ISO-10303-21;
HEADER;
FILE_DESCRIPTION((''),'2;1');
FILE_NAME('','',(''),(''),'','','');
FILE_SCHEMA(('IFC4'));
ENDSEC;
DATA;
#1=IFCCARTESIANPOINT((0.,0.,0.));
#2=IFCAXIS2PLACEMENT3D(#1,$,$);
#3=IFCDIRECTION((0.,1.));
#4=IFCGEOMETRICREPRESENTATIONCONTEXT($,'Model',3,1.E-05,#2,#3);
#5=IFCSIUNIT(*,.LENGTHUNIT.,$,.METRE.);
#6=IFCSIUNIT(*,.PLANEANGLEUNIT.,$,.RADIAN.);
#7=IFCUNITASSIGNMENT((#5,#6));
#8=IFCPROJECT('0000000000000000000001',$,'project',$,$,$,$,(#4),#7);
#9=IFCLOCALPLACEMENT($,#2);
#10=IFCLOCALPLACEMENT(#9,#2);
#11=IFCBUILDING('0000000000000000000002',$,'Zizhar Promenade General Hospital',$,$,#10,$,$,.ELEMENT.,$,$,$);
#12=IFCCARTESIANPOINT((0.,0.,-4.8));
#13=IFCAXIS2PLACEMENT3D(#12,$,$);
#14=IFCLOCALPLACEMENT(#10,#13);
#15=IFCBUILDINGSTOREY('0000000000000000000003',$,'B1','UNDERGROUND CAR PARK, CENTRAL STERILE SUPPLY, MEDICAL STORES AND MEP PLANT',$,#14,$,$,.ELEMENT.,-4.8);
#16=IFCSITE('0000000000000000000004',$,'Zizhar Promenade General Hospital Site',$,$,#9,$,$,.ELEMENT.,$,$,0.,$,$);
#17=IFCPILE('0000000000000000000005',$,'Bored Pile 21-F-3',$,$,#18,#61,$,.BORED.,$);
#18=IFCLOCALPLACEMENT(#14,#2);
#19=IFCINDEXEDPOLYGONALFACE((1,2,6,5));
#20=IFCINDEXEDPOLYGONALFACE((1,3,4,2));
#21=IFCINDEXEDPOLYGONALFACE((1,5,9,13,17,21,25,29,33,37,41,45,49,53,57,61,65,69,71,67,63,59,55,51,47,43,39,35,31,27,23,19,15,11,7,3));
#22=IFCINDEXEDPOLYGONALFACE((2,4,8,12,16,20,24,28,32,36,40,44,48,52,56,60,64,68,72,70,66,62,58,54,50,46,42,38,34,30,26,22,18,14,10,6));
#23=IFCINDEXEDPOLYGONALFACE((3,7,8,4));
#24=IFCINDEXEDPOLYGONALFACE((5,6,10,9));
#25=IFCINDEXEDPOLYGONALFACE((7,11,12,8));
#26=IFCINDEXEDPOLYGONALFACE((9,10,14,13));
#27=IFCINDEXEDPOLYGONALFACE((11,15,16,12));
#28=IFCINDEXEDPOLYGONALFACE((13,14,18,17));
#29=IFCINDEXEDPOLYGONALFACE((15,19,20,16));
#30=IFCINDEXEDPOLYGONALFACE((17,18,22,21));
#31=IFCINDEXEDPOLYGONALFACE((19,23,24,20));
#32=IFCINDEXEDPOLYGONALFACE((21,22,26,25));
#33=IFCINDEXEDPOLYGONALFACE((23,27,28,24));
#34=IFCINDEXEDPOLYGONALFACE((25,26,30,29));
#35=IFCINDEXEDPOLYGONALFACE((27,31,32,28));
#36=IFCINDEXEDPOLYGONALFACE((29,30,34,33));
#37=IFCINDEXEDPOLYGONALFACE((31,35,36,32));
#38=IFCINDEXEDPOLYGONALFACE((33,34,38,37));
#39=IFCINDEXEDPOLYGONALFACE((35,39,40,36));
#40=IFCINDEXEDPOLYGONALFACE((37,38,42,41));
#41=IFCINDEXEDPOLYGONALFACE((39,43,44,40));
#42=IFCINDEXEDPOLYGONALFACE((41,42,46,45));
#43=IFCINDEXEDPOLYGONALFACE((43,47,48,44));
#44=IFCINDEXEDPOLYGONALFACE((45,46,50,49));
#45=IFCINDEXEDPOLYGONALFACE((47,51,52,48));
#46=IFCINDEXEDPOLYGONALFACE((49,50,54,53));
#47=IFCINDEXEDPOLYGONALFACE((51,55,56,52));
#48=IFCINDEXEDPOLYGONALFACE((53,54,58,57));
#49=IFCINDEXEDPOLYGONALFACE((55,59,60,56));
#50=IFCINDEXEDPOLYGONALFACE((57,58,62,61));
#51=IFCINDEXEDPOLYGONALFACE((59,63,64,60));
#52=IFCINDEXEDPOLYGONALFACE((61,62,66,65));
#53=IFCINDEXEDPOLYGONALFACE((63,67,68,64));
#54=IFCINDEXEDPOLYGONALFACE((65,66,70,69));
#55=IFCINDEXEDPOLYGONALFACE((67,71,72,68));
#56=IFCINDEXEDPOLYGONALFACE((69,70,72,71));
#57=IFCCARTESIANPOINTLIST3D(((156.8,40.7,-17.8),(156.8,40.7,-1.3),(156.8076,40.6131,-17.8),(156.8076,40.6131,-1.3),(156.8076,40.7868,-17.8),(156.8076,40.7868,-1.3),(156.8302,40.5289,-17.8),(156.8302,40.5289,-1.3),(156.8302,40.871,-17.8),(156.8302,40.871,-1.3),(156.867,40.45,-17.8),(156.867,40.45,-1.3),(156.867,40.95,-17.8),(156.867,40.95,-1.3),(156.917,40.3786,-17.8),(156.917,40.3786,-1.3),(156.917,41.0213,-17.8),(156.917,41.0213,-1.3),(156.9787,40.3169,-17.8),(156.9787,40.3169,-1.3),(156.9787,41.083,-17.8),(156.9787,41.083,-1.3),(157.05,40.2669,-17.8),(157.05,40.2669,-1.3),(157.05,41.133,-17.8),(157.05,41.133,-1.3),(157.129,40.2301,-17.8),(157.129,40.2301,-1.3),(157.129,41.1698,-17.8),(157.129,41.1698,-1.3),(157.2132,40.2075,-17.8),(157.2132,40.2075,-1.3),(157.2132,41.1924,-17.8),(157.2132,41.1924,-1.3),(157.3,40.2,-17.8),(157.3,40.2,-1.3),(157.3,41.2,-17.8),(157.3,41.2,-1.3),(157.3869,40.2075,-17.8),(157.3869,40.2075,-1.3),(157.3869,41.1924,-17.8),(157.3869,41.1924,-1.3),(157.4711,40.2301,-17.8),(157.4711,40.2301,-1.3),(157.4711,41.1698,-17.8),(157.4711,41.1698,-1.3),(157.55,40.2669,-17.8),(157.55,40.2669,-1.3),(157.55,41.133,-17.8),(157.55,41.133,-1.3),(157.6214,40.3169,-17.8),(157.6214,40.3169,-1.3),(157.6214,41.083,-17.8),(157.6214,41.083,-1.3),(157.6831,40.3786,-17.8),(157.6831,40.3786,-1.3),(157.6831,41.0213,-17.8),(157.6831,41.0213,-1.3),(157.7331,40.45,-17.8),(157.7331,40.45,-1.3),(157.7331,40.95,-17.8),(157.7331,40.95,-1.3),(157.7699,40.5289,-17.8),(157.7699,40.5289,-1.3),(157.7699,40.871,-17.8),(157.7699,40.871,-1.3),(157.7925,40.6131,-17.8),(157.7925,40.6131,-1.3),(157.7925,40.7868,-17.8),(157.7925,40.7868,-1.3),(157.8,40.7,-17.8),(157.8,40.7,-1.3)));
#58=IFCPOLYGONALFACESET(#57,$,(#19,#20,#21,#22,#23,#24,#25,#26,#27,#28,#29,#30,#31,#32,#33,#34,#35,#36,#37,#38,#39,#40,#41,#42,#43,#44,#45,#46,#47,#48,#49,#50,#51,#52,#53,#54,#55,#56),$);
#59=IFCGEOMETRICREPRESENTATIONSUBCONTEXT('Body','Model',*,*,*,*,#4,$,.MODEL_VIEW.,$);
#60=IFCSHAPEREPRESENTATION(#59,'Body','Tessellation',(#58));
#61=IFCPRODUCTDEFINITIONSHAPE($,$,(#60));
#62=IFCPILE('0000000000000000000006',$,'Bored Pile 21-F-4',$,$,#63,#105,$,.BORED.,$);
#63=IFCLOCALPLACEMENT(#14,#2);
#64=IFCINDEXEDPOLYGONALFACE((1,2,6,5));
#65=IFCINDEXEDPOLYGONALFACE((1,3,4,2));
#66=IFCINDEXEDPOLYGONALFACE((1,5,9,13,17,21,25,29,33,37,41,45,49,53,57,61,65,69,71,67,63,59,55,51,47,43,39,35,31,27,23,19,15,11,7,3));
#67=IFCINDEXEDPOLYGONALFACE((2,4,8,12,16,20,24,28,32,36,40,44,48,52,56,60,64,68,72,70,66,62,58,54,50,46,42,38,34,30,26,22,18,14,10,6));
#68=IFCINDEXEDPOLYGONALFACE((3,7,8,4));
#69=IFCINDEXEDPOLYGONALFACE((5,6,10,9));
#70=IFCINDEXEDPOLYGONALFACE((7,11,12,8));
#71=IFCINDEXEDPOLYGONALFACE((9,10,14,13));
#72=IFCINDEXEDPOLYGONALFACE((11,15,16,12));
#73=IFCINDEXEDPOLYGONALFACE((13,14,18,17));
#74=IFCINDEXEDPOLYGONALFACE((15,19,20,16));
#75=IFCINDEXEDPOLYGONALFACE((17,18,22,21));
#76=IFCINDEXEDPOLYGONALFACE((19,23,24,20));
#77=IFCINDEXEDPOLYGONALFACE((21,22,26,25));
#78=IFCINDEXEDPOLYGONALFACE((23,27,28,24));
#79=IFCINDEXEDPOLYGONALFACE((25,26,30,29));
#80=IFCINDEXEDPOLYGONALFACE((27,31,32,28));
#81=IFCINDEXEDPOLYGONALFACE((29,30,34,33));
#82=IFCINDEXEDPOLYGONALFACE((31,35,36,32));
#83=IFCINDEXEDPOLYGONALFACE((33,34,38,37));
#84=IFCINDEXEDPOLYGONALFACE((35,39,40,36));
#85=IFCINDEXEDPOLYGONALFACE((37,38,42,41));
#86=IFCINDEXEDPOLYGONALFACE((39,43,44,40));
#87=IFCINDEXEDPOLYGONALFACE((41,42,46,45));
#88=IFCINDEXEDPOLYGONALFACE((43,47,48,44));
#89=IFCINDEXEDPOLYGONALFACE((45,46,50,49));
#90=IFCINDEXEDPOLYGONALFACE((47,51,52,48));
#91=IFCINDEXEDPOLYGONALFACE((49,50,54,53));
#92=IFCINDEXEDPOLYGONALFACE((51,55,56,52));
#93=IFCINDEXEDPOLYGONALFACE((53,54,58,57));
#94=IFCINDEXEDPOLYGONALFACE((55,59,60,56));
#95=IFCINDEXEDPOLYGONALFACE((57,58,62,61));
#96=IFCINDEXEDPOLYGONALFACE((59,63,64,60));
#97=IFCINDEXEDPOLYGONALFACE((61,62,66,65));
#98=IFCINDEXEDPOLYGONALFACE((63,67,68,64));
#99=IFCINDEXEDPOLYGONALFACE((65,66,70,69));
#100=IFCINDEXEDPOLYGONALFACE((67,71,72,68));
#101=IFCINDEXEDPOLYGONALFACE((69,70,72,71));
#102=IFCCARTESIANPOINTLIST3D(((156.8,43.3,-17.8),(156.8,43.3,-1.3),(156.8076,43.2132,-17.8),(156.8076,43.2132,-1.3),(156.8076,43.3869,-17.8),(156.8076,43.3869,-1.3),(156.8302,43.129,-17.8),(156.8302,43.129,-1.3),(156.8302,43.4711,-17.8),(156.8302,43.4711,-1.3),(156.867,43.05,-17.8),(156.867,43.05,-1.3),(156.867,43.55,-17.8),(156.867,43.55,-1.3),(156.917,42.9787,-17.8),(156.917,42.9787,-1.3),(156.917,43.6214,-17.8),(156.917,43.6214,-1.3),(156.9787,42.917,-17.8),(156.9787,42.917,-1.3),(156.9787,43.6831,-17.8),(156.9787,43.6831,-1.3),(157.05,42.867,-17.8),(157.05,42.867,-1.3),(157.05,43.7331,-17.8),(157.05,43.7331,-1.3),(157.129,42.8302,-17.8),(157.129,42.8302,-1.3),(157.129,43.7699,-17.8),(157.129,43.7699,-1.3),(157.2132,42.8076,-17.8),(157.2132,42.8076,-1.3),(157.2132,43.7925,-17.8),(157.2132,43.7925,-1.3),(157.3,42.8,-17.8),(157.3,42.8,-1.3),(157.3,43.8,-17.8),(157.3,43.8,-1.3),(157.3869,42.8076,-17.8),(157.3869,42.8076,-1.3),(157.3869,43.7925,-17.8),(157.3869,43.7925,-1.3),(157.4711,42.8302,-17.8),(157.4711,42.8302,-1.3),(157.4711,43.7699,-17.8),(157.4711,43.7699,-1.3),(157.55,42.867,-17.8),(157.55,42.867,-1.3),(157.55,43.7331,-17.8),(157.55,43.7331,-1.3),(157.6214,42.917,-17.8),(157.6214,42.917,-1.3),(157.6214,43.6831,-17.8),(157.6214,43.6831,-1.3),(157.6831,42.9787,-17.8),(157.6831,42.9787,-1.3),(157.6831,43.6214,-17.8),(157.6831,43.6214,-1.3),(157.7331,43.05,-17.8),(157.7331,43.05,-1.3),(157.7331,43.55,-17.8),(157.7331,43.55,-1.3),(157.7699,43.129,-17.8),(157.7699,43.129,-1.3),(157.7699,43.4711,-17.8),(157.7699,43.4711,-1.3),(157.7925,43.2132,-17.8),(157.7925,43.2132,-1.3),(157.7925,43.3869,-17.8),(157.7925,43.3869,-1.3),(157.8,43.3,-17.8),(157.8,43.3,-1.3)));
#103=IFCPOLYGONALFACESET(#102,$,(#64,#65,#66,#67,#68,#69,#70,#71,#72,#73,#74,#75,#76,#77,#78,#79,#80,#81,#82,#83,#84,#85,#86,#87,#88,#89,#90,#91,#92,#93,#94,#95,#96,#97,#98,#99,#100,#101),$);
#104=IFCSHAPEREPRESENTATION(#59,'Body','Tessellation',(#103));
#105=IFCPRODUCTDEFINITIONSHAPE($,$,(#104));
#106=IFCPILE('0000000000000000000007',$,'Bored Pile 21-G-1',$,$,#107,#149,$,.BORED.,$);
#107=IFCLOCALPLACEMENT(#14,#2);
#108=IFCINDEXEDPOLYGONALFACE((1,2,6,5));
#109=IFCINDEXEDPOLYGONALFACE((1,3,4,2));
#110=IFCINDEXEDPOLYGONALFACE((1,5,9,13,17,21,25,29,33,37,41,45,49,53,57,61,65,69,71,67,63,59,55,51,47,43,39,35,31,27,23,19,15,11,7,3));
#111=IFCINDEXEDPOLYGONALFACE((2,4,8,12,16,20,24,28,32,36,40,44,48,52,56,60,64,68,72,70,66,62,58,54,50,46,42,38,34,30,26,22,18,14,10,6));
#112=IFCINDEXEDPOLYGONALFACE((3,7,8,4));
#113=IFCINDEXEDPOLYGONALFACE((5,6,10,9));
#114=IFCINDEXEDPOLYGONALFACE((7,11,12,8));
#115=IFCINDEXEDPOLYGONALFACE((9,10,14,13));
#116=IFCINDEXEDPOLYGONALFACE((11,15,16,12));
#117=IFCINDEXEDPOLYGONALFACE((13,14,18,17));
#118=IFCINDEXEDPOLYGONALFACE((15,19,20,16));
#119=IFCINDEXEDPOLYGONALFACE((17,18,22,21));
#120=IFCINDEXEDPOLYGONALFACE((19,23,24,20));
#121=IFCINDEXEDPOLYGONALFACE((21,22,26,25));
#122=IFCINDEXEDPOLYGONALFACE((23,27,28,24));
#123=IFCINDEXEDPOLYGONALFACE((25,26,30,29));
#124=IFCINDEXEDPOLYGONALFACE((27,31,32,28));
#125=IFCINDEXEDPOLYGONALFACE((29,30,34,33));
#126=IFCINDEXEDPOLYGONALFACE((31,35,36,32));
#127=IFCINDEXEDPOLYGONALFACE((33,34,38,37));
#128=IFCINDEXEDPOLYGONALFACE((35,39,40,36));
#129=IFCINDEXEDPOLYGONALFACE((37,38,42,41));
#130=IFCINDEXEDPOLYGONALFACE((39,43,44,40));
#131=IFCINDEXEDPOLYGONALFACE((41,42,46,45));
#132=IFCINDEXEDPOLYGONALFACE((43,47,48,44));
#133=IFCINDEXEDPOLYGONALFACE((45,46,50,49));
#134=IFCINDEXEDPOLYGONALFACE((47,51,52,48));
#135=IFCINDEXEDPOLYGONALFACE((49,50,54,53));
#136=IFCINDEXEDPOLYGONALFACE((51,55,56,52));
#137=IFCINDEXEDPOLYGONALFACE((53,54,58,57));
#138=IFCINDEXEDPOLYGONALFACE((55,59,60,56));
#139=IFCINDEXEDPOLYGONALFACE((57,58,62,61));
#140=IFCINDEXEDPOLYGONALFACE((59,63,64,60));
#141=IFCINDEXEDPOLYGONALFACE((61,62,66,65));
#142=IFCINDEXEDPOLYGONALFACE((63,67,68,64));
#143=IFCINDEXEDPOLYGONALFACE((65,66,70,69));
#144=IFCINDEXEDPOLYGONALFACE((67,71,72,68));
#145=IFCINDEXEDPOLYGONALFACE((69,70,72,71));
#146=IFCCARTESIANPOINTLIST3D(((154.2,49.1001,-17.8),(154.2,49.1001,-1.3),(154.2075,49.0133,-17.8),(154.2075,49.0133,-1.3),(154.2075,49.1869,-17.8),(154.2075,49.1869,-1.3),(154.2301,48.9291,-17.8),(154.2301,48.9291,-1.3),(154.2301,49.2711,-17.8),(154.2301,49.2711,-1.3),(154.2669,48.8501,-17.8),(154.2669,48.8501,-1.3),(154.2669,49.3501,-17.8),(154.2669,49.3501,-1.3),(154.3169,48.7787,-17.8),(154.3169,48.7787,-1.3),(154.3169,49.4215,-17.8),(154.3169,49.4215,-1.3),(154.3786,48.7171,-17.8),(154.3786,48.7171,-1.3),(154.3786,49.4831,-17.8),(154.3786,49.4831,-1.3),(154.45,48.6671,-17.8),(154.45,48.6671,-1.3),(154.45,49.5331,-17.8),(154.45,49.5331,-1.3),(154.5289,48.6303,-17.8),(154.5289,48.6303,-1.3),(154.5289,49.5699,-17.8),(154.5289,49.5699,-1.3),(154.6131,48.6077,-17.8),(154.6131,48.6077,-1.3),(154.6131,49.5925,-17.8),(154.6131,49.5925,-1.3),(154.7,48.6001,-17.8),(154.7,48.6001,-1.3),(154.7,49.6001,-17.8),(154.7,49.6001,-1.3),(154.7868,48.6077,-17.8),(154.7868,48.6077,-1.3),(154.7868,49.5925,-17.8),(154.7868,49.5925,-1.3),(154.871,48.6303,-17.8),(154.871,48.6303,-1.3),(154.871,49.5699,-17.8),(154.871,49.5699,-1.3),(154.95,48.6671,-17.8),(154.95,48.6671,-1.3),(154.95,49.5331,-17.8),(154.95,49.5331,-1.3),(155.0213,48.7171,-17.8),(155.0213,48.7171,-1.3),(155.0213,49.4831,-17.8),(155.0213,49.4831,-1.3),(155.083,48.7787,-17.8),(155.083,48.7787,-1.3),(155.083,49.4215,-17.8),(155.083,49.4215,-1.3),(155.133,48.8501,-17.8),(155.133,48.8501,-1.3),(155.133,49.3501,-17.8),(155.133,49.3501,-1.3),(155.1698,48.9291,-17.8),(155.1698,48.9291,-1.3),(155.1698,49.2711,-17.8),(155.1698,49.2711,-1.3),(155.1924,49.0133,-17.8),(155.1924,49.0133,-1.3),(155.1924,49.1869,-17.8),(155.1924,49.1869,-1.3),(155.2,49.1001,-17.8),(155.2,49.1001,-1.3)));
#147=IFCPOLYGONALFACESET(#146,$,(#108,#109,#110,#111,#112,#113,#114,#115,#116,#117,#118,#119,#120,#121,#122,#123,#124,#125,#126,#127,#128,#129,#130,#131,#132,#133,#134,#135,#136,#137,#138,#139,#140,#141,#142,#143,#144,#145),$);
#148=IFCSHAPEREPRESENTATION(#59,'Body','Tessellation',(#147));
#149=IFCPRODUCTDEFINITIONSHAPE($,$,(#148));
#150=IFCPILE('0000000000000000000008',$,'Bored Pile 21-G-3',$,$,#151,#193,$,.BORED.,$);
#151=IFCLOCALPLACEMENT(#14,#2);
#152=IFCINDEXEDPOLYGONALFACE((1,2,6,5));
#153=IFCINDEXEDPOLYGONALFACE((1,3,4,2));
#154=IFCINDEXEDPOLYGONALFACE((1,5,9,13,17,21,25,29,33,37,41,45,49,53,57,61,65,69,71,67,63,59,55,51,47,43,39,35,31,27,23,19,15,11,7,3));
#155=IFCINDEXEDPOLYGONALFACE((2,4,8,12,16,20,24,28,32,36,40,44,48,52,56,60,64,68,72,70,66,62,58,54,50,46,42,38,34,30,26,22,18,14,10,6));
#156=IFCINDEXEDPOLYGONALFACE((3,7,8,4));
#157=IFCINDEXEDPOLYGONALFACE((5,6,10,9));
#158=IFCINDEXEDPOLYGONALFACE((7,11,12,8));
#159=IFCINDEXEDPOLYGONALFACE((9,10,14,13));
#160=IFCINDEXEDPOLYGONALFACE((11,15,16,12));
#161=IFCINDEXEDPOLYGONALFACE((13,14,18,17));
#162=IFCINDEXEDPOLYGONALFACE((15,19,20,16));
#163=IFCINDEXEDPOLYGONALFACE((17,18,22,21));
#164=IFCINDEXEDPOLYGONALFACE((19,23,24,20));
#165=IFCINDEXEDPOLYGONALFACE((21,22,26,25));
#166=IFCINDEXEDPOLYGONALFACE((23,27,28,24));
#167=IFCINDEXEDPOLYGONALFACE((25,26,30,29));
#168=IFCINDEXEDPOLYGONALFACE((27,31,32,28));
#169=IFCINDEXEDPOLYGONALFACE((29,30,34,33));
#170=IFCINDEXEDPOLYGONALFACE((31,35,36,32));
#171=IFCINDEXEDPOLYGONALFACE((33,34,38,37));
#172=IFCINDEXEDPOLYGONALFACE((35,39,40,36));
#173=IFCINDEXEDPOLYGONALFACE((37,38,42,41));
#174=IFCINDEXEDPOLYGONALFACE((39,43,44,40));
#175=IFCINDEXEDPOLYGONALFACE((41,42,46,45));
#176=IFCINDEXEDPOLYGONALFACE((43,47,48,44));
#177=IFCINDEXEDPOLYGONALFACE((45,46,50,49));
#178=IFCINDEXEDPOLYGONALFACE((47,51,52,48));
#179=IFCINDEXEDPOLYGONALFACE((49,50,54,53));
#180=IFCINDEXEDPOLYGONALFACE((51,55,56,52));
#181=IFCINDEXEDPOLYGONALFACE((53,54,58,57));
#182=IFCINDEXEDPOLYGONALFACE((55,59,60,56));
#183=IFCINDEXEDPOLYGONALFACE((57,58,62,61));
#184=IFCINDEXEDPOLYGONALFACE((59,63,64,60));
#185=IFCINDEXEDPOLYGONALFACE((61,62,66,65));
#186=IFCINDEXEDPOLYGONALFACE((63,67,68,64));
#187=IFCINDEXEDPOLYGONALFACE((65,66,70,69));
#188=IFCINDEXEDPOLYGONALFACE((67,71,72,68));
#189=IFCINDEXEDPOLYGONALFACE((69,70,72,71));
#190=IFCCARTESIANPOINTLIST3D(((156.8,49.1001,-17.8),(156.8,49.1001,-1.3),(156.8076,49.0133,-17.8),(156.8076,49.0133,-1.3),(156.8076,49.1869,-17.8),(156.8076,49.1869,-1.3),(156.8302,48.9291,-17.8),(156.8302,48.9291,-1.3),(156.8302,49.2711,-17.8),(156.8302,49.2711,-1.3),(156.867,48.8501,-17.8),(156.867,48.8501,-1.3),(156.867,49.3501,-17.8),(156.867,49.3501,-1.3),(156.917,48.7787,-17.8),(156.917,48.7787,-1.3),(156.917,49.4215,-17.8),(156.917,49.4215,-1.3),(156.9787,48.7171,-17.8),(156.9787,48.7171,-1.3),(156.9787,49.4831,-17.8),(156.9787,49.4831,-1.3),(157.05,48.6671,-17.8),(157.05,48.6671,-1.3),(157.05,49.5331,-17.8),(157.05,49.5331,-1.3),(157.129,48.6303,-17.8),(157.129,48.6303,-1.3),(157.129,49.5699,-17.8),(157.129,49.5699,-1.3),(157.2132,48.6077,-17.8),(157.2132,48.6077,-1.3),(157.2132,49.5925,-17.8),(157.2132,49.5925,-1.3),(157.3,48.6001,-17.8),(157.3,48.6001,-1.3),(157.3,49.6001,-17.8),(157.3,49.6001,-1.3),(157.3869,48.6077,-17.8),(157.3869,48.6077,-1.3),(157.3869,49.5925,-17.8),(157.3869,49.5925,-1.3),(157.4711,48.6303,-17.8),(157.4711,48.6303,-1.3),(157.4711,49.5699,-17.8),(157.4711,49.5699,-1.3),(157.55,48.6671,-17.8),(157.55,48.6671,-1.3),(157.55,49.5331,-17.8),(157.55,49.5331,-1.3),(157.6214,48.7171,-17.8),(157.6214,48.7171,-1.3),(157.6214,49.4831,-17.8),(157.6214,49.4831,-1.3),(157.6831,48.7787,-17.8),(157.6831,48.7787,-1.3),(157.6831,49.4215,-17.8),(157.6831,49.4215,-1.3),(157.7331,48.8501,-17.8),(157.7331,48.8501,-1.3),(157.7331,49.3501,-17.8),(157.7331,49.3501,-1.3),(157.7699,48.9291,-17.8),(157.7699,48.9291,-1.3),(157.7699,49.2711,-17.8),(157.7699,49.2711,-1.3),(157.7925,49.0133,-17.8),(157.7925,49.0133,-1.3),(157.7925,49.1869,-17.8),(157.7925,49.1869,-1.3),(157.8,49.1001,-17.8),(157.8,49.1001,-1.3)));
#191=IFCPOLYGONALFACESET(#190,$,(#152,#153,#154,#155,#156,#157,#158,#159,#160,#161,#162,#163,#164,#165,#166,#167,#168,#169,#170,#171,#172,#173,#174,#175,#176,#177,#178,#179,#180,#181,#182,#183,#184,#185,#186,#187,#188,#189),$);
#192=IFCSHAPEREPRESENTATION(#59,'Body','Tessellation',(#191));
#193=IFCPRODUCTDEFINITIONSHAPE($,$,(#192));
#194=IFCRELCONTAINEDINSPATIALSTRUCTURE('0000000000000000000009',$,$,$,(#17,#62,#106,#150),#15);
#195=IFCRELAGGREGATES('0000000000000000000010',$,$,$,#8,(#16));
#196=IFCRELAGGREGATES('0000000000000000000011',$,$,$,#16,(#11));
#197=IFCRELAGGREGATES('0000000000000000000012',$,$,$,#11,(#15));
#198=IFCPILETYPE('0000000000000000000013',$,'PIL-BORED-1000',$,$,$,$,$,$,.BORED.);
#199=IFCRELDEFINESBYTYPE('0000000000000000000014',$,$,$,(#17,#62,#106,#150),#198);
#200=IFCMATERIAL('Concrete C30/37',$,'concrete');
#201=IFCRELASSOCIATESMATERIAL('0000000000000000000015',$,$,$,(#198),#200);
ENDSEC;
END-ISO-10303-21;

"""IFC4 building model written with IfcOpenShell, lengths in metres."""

from ifc_helpers import new_model, si_unit, direction, frame, origin, origin_2d, place, context, subcontext, project, spatial, circle, extrude, material, material_profile, profile_set, type_object, element, save


model = new_model("IFC4")

# Units and contexts
model_context = context("Model", 3, precision=1e-05, world=origin(), true_north=direction((0.0, 1.0)))
body_context = subcontext(model_context, "Body", "Model", "MODEL_VIEW")
ifc_project = project(units=[si_unit("LENGTHUNIT", "METRE"), si_unit("PLANEANGLEUNIT", "RADIAN")], contexts=[model_context])

# Site, building, storey
site_placement = place(None, origin())
site = spatial("IfcSite", under=ifc_project, at=site_placement, Name="Zizhar Promenade General Hospital Site", CompositionType="ELEMENT", RefElevation=0.0)
building_placement = place(site_placement, origin())
building = spatial("IfcBuilding", under=site, at=building_placement, Name="Zizhar Promenade General Hospital", CompositionType="ELEMENT")
storey_placement = place(building_placement, frame((0.0, 0.0, -4.8)))
storey = spatial("IfcBuildingStorey", under=building, at=storey_placement, Name="B1", Description="UNDERGROUND CAR PARK, CENTRAL STERILE SUPPLY, MEDICAL STORES AND MEP PLANT", CompositionType="ELEMENT", Elevation=-4.8)

# Piles
ifc_material_1 = material(Name="Concrete C30/37", Category="concrete")
ifc_material_profile_1 = material_profile(ifc_material_1, circle(Radius=0.5, at=origin_2d()))
ifc_profile_set_1 = profile_set([ifc_material_profile_1], Name="Concrete C30/37")
pile_type = type_object("IfcPileType", Name="PIL-BORED-1000", PredefinedType="BORED", material=ifc_profile_set_1)
for number, where, z_axis, x_axis, name in (
    (1, (157.3, 40.7, -1.3), (0.0, 0.0, -1.0), (1.0, 0.0, 0.0), "Bored Pile 21-F-3"),
    (2, (157.3, 43.3, -1.3), (0.0, 0.0, -1.0), (1.0, 0.0, 0.0), "Bored Pile 21-F-4"),
    (3, (154.7, 49.1001, -1.3), (0.0, 0.0, -1.0), (1.0, 0.0, 0.0), "Bored Pile 21-G-1"),
    (4, (157.3, 49.1001, -1.3), (0.0, 0.0, -1.0), (1.0, 0.0, 0.0), "Bored Pile 21-G-3"),
):
    element("IfcPile", number, at=place(storey_placement, frame(where, z_axis=z_axis, x_axis=x_axis)), inside=storey, type_object=pile_type, Name=name, PredefinedType="BORED", context=body_context, shape_type="SweptSolid", body=[
        extrude(circle(Radius=0.5, at=origin_2d()), origin(), (0.0, 0.0, 1.0), 16.5),
    ])

save(model, "model.ifc")
